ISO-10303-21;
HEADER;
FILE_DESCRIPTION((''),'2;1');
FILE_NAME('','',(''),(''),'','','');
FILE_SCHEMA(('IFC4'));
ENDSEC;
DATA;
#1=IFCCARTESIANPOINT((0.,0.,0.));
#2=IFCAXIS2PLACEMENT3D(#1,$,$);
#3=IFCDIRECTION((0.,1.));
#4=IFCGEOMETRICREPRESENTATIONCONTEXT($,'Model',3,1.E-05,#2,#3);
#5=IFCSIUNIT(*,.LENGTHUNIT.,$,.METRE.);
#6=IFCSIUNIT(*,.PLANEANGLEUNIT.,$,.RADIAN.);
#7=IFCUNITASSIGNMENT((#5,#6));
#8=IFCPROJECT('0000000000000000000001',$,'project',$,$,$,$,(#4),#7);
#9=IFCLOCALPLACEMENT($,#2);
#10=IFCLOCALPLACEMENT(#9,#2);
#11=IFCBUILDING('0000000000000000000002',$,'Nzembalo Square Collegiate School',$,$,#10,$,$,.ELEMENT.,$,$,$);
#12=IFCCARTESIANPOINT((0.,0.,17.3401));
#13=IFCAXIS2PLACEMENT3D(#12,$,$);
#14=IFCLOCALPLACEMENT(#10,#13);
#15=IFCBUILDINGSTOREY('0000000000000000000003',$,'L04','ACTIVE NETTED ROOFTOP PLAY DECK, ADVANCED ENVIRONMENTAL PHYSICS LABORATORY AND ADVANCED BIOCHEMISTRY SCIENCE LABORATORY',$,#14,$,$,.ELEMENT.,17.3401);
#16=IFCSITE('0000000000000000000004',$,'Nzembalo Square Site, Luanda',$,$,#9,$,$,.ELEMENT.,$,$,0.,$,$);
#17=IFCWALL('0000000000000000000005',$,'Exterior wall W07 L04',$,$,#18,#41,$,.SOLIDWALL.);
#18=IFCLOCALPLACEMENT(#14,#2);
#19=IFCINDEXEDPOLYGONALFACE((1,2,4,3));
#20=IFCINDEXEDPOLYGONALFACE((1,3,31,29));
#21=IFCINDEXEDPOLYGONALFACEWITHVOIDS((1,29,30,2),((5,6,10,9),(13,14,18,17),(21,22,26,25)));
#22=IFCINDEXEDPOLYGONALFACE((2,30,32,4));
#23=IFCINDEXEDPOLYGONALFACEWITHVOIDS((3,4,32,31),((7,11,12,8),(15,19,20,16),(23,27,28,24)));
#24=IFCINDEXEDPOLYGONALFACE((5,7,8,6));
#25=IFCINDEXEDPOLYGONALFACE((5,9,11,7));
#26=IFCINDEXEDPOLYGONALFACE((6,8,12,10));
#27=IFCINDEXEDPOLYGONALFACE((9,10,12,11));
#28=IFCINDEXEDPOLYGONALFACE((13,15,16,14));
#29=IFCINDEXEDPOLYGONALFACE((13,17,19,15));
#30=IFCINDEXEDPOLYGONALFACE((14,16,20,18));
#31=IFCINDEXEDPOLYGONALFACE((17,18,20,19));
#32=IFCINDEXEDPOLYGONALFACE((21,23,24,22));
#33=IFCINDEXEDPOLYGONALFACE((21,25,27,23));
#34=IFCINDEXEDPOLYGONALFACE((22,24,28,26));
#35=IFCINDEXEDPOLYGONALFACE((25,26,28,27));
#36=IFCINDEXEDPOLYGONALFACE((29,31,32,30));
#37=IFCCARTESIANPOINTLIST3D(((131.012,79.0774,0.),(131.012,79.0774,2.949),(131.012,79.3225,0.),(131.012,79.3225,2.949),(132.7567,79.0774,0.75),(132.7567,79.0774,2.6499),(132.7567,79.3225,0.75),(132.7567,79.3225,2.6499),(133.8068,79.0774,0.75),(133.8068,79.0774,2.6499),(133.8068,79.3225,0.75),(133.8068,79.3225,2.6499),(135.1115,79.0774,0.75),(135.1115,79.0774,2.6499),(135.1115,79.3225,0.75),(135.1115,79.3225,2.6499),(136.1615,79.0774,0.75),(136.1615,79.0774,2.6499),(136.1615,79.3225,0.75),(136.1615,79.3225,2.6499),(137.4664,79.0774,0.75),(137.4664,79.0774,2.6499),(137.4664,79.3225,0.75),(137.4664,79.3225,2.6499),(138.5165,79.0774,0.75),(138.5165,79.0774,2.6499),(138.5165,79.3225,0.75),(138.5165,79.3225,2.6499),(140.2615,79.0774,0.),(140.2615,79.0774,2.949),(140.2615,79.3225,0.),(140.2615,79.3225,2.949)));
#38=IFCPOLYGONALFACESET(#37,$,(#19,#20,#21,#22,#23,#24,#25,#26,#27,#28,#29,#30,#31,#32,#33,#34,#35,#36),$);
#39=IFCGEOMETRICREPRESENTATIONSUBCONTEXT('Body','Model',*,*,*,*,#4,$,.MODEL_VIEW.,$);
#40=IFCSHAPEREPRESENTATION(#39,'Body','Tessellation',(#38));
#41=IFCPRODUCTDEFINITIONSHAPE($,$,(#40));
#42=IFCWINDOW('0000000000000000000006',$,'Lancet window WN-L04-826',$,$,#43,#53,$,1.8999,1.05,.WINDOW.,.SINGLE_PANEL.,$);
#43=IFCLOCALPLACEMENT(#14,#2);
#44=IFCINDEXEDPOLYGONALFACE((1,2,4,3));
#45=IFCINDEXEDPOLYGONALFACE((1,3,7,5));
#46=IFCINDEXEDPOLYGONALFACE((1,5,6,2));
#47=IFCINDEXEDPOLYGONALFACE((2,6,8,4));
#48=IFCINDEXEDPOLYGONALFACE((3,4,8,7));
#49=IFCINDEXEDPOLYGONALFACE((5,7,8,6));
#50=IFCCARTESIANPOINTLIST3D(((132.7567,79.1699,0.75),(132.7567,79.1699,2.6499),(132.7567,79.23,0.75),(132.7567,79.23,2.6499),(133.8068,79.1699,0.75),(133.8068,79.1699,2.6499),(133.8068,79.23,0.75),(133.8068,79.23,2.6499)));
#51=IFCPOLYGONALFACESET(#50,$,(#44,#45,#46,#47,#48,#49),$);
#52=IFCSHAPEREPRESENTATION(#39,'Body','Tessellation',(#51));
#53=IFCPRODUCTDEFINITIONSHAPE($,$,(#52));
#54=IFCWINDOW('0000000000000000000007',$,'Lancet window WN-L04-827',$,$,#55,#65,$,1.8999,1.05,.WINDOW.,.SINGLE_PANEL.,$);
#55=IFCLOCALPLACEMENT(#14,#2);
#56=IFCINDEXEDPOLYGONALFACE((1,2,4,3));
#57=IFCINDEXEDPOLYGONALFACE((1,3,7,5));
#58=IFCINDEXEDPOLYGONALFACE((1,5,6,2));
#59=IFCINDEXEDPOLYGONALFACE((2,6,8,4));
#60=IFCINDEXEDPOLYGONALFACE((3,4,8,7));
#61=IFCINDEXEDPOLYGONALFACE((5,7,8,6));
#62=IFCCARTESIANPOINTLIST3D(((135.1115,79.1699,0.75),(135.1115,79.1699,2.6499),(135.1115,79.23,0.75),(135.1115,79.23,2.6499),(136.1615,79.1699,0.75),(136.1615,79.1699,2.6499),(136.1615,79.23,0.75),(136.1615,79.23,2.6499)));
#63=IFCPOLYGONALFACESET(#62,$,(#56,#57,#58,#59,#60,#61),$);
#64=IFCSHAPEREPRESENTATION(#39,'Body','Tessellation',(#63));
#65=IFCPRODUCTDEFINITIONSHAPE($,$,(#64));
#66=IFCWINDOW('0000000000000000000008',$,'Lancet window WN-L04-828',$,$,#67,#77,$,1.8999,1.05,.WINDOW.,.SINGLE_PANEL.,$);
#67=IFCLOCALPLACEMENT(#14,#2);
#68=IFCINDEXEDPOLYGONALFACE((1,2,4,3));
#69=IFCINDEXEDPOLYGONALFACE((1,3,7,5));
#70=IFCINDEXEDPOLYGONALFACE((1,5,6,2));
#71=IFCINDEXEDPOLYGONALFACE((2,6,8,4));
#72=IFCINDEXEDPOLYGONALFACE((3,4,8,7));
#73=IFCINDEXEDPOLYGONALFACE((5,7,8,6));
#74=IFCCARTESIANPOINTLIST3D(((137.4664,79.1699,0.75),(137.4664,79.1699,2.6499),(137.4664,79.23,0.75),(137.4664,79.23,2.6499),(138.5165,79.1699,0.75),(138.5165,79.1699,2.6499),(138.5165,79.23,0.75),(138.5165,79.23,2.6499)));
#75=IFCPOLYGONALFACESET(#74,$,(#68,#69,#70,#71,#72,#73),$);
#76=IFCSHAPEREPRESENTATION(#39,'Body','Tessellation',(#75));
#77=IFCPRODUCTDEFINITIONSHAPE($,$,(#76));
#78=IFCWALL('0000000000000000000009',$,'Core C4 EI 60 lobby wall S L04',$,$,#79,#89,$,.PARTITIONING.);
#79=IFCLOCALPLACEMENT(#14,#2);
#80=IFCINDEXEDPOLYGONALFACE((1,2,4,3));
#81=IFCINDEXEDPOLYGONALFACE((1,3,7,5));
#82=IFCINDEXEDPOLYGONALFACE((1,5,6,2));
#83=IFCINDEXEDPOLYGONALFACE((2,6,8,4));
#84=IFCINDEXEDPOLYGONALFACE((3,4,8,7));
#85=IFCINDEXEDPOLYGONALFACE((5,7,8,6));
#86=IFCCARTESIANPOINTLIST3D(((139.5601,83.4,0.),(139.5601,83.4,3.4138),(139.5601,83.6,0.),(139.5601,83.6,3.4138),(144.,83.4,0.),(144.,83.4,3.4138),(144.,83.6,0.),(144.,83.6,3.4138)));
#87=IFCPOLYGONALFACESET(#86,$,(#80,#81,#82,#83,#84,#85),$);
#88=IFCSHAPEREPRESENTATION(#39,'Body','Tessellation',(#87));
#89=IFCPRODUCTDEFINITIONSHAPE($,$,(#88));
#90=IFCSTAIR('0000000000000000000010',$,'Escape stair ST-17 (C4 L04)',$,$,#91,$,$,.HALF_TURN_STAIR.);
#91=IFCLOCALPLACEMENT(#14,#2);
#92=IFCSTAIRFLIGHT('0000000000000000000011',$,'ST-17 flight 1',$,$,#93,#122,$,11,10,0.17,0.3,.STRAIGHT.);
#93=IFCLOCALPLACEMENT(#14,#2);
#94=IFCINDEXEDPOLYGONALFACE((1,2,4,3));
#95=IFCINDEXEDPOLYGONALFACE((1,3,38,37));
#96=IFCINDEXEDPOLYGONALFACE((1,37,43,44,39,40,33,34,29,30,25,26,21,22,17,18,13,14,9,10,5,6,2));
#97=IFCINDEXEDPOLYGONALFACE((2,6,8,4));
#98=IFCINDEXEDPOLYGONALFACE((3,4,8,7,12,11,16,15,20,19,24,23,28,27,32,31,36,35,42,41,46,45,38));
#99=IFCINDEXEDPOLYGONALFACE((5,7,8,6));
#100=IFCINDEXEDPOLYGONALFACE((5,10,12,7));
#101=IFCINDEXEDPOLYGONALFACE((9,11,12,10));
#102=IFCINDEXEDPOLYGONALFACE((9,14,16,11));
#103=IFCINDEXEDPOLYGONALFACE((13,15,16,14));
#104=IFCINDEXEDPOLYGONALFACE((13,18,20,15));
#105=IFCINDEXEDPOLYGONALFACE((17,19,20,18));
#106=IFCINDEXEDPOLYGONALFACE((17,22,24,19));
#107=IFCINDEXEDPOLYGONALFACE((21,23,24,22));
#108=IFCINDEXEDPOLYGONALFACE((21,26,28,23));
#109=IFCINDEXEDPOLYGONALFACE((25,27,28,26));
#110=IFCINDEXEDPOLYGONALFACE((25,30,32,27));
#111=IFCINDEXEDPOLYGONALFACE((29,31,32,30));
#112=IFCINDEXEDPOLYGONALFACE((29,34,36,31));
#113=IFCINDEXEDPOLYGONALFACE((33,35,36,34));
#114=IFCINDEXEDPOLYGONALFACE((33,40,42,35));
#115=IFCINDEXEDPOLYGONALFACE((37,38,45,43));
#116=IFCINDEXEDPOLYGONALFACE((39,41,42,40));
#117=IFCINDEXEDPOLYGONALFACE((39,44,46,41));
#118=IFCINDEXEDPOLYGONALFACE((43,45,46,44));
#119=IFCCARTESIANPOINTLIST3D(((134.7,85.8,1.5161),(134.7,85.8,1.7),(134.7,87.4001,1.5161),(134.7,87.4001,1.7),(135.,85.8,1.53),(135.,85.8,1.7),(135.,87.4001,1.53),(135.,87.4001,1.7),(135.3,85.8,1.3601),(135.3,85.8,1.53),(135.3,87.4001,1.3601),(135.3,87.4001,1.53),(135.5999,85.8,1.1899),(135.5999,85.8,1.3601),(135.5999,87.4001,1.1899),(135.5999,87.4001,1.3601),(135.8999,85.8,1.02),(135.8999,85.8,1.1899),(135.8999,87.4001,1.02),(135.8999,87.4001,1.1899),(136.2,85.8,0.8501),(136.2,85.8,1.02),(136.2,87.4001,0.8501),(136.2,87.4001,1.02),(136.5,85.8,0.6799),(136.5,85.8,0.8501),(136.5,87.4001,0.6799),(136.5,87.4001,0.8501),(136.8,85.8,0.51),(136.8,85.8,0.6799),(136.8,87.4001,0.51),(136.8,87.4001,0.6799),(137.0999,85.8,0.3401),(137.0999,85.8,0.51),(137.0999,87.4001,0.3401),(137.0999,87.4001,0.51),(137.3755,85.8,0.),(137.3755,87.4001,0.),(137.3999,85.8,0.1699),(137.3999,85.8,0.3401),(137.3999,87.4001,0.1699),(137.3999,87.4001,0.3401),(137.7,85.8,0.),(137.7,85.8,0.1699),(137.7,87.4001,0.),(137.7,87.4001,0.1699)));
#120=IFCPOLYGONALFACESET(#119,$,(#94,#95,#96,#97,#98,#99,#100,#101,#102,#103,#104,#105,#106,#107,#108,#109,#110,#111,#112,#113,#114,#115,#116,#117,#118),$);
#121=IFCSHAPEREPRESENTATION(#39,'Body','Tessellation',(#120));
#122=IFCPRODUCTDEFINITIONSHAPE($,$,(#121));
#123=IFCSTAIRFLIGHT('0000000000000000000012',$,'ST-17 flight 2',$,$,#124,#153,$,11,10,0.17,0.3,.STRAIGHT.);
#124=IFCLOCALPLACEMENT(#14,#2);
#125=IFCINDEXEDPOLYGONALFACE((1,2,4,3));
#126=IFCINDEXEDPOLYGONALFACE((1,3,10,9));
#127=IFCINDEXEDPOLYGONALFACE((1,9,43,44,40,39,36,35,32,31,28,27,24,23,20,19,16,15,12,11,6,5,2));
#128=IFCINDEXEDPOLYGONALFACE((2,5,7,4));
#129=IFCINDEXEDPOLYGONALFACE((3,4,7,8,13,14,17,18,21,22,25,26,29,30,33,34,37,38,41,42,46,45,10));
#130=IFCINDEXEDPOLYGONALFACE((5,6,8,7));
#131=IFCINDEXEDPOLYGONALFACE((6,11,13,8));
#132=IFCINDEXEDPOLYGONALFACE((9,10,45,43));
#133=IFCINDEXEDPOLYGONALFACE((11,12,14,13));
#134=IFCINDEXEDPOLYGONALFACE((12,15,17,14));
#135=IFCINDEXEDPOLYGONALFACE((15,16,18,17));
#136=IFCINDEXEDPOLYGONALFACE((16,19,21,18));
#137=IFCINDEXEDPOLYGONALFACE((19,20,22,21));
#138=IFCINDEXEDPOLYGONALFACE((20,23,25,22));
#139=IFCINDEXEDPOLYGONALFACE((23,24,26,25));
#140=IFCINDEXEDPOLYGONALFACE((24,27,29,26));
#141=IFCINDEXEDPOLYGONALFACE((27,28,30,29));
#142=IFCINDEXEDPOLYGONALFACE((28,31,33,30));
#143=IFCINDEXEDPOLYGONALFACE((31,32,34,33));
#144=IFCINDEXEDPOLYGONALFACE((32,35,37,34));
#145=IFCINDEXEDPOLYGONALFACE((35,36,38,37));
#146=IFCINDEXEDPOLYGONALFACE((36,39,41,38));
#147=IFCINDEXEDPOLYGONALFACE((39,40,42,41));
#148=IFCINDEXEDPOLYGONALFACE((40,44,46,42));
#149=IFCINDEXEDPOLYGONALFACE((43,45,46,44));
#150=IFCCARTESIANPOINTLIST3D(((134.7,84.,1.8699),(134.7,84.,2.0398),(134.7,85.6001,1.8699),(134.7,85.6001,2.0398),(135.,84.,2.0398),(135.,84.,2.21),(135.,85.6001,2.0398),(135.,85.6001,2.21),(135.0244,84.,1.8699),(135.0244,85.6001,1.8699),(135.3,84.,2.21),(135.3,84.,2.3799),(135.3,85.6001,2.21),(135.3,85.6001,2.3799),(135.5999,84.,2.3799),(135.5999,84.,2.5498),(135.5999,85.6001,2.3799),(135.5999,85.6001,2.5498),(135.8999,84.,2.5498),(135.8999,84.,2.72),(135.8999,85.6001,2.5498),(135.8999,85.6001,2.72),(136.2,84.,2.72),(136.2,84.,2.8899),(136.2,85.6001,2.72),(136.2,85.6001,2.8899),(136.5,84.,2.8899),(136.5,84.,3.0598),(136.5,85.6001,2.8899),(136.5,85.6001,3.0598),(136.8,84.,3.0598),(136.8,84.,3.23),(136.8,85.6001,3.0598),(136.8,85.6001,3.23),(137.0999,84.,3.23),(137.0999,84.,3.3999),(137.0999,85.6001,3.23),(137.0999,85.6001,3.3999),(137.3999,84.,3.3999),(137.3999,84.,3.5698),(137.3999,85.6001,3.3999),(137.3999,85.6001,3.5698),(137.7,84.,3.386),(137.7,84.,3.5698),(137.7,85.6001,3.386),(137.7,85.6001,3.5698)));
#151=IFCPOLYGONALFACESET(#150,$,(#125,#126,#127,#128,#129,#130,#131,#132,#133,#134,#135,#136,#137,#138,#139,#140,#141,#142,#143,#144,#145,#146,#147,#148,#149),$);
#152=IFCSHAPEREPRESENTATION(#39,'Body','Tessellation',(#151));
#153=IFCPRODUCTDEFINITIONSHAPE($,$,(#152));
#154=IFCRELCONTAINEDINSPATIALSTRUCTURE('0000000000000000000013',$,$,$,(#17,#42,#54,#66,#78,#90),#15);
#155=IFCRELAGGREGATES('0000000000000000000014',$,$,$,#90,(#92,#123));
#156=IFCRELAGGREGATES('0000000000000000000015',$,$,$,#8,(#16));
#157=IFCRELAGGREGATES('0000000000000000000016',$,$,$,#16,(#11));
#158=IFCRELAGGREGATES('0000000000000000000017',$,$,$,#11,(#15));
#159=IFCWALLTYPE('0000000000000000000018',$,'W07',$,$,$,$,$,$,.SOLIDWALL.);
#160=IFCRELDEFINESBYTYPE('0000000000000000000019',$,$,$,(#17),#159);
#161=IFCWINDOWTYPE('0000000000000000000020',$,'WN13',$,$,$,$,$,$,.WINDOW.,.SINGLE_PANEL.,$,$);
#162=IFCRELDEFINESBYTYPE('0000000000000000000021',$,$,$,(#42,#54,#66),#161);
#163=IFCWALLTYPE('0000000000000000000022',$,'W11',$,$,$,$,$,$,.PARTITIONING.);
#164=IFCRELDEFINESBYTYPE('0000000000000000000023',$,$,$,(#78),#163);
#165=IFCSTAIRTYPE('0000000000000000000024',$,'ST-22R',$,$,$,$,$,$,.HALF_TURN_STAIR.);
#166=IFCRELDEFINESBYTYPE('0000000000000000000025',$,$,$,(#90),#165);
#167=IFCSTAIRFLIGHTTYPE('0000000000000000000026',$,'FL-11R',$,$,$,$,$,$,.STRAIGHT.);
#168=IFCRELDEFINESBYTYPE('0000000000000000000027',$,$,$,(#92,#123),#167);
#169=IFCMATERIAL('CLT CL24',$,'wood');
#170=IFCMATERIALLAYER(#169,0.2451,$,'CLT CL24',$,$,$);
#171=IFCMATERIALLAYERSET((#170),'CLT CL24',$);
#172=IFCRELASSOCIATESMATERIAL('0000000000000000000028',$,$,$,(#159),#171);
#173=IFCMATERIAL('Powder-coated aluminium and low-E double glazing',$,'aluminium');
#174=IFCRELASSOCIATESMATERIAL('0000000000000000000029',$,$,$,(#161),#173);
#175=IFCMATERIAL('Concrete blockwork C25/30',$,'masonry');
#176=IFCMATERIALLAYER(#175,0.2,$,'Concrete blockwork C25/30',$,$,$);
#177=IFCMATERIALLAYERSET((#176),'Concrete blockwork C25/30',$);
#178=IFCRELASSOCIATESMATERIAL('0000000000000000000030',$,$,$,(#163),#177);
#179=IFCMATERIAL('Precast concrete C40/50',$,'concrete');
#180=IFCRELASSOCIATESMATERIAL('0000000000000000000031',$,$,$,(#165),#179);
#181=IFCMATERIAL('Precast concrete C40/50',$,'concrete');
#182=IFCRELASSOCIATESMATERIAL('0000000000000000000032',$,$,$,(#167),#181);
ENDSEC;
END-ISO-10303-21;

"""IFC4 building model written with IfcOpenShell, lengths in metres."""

from ifc_helpers import new_model, si_unit, direction, frame, frame_2d, origin, place, context, subcontext, project, spatial, polyline, rectangle, outline, extrude, material, layer, layer_set, type_object, element, fill, aggregate, save


model = new_model("IFC4")

# Units and contexts
model_context = context("Model", 3, precision=1e-05, world=origin(), true_north=direction((0.0, 1.0)))
body_context = subcontext(model_context, "Body", "Model", "MODEL_VIEW")
ifc_project = project(units=[si_unit("LENGTHUNIT", "METRE"), si_unit("PLANEANGLEUNIT", "RADIAN")], contexts=[model_context])

# Site, building, storey
site_placement = place(None, origin())
site = spatial("IfcSite", under=ifc_project, at=site_placement, Name="Nzembalo Square Site, Luanda", CompositionType="ELEMENT", RefElevation=0.0)
building_placement = place(site_placement, origin())
building = spatial("IfcBuilding", under=site, at=building_placement, Name="Nzembalo Square Collegiate School", CompositionType="ELEMENT")
storey_placement = place(building_placement, frame((0.0, 0.0, 17.3401)))
storey = spatial("IfcBuildingStorey", under=building, at=storey_placement, Name="L04", Description="ACTIVE NETTED ROOFTOP PLAY DECK, ADVANCED ENVIRONMENTAL PHYSICS LABORATORY AND ADVANCED BIOCHEMISTRY SCIENCE LABORATORY", CompositionType="ELEMENT", Elevation=17.3401)

# Wall, openings, windows
ifc_material_1 = material(Name="CLT CL24", Category="wood")
ifc_layer_1 = layer(ifc_material_1, 0.2451, Name="CLT CL24")
ifc_layer_set_1 = layer_set([ifc_layer_1], Name="CLT CL24")
wall_type_1 = type_object("IfcWallType", Name="W07", PredefinedType="SOLIDWALL", material=ifc_layer_set_1)
wall_1_placement = place(storey_placement, frame((131.012, 79.2, 0.0), z_axis=(0.0, 0.0, 1.0), x_axis=(1.0, 0.0, 0.0)))
wall_1 = element("IfcWall", 1, at=wall_1_placement, inside=storey, type_object=wall_type_1, Name="Exterior wall W07 L04", PredefinedType="SOLIDWALL", context=body_context, shape_type="SweptSolid", body=[
    extrude(rectangle(XDim=9.2495, YDim=0.2451, at=frame_2d((4.6248, 0.0))), origin(), (0.0, 0.0, 1.0), 2.949),
])
opening_1_placement = place(wall_1_placement, frame((1.7449, 0.0, 0.75)))
opening_1 = element("IfcOpeningElement", 2, at=opening_1_placement, cuts=wall_1, PredefinedType="OPENING", context=body_context, shape_type="SweptSolid", body=[
    extrude(rectangle(XDim=1.05, YDim=1.8999, at=frame_2d((0.5249, 0.95))), frame((0.0, 0.1326, 0.0), z_axis=(0.0, -1.0, 0.0), x_axis=(1.0, 0.0, 0.0)), (0.0, 0.0, 1.0), 0.2651),
])
opening_2_placement = place(wall_1_placement, frame((4.0996, 0.0, 0.75)))
opening_2 = element("IfcOpeningElement", 3, at=opening_2_placement, cuts=wall_1, PredefinedType="OPENING", context=body_context, shape_type="SweptSolid", body=[
    extrude(rectangle(XDim=1.05, YDim=1.8999, at=frame_2d((0.5249, 0.95))), frame((0.0, 0.1326, 0.0), z_axis=(0.0, -1.0, 0.0), x_axis=(1.0, 0.0, 0.0)), (0.0, 0.0, 1.0), 0.2651),
])
opening_3_placement = place(wall_1_placement, frame((6.4546, 0.0, 0.75)))
opening_3 = element("IfcOpeningElement", 4, at=opening_3_placement, cuts=wall_1, PredefinedType="OPENING", context=body_context, shape_type="SweptSolid", body=[
    extrude(rectangle(XDim=1.05, YDim=1.8999, at=frame_2d((0.5249, 0.95))), frame((0.0, 0.1326, 0.0), z_axis=(0.0, -1.0, 0.0), x_axis=(1.0, 0.0, 0.0)), (0.0, 0.0, 1.0), 0.2651),
])
ifc_material_2 = material(Name="Powder-coated aluminium and low-E double glazing", Category="aluminium")
window_type = type_object("IfcWindowType", Name="WN13", PartitioningType="SINGLE_PANEL", PredefinedType="WINDOW", material=ifc_material_2)
window_1_placement = place(opening_1_placement, origin())
window_1 = element("IfcWindow", 5, at=window_1_placement, inside=storey, type_object=window_type, Name="Lancet window WN-L04-826", OverallHeight=1.8999, OverallWidth=1.05, PartitioningType="SINGLE_PANEL", PredefinedType="WINDOW", context=body_context, shape_type="SweptSolid", body=[
    extrude(rectangle(XDim=1.05, YDim=1.8999, at=frame_2d((0.5249, 0.95))), frame((0.0, 0.03, 0.0), z_axis=(0.0, -1.0, 0.0), x_axis=(1.0, 0.0, 0.0)), (0.0, 0.0, 1.0), 0.0601),
])
fill(opening_1, window_1)
window_2_placement = place(opening_2_placement, origin())
window_2 = element("IfcWindow", 6, at=window_2_placement, inside=storey, type_object=window_type, Name="Lancet window WN-L04-827", OverallHeight=1.8999, OverallWidth=1.05, PartitioningType="SINGLE_PANEL", PredefinedType="WINDOW", context=body_context, shape_type="SweptSolid", body=[
    extrude(rectangle(XDim=1.05, YDim=1.8999, at=frame_2d((0.5249, 0.95))), frame((0.0, 0.03, 0.0), z_axis=(0.0, -1.0, 0.0), x_axis=(1.0, 0.0, 0.0)), (0.0, 0.0, 1.0), 0.0601),
])
fill(opening_2, window_2)
window_3_placement = place(opening_3_placement, origin())
window_3 = element("IfcWindow", 7, at=window_3_placement, inside=storey, type_object=window_type, Name="Lancet window WN-L04-828", OverallHeight=1.8999, OverallWidth=1.05, PartitioningType="SINGLE_PANEL", PredefinedType="WINDOW", context=body_context, shape_type="SweptSolid", body=[
    extrude(rectangle(XDim=1.05, YDim=1.8999, at=frame_2d((0.5249, 0.95))), frame((0.0, 0.03, 0.0), z_axis=(0.0, -1.0, 0.0), x_axis=(1.0, 0.0, 0.0)), (0.0, 0.0, 1.0), 0.0601),
])
fill(opening_3, window_3)

# Wall
ifc_material_3 = material(Name="Concrete blockwork C25/30", Category="masonry")
ifc_layer_2 = layer(ifc_material_3, 0.2, Name="Concrete blockwork C25/30")
ifc_layer_set_2 = layer_set([ifc_layer_2], Name="Concrete blockwork C25/30")
wall_type_2 = type_object("IfcWallType", Name="W11", PredefinedType="PARTITIONING", material=ifc_layer_set_2)
wall_2_placement = place(storey_placement, frame((139.5601, 83.5, 0.0), z_axis=(0.0, 0.0, 1.0), x_axis=(1.0, 0.0, 0.0)))
element("IfcWall", 8, at=wall_2_placement, inside=storey, type_object=wall_type_2, Name="Core C4 EI 60 lobby wall S L04", PredefinedType="PARTITIONING", context=body_context, shape_type="SweptSolid", body=[
    extrude(rectangle(XDim=4.4399, YDim=0.2, at=frame_2d((2.22, 0.0))), origin(), (0.0, 0.0, 1.0), 3.4138),
])

# Stair, stair flights
ifc_material_4 = material(Name="Precast concrete C40/50", Category="concrete")
stair_type = type_object("IfcStairType", Name="ST-22R", PredefinedType="HALF_TURN_STAIR", material=ifc_material_4)
stair_placement = place(storey_placement, origin())
stair = element("IfcStair", 9, at=stair_placement, inside=storey, type_object=stair_type, Name="Escape stair ST-17 (C4 L04)", PredefinedType="HALF_TURN_STAIR")
ifc_material_5 = material(Name="Precast concrete C40/50", Category="concrete")
stair_flight_type = type_object("IfcStairFlightType", Name="FL-11R", PredefinedType="STRAIGHT", material=ifc_material_5)
stair_flight_1_placement = place(storey_placement, frame((137.7, 86.6001, 0.0), z_axis=(0.0, 0.0, 1.0), x_axis=(-1.0, 0.0, 0.0)))
stair_flight_1 = element("IfcStairFlight", 10, at=stair_flight_1_placement, type_object=stair_flight_type, Name="ST-17 flight 1", NumberOfRisers=11, NumberOfTreads=10, PredefinedType="STRAIGHT", RiserHeight=0.17, TreadLength=0.3, context=body_context, shape_type="SweptSolid", body=[
    extrude(outline(polyline([(0.0, 0.0), (0.0, 0.1699), (0.3, 0.1699), (0.3, 0.3401), (0.6001, 0.3401), (0.6001, 0.51), (0.8999, 0.51), (0.8999, 0.6799), (1.2, 0.6799), (1.2, 0.8501), (1.5, 0.8501), (1.5, 1.02), (1.8, 1.02), (1.8, 1.1899), (2.1001, 1.1899), (2.1001, 1.3601), (2.3999, 1.3601), (2.3999, 1.53), (2.7, 1.53), (2.7, 1.7), (3.0, 1.7), (3.0, 1.8701), (3.0, 1.5161), (0.3245, 0.0), (0.0, 0.0)])), frame((0.0, 0.8, 0.0), z_axis=(0.0, -1.0, 0.0), x_axis=(1.0, 0.0, 0.0)), (0.0, 0.0, 1.0), 1.6001),
])
stair_flight_2_placement = place(storey_placement, frame((134.7, 84.8, 1.8699), z_axis=(0.0, 0.0, 1.0), x_axis=(1.0, 0.0, 0.0)))
stair_flight_2 = element("IfcStairFlight", 11, at=stair_flight_2_placement, type_object=stair_flight_type, Name="ST-17 flight 2", NumberOfRisers=11, NumberOfTreads=10, PredefinedType="STRAIGHT", RiserHeight=0.17, TreadLength=0.3, context=body_context, shape_type="SweptSolid", body=[
    extrude(outline(polyline([(0.0, 0.0), (0.0, 0.1699), (0.3, 0.1699), (0.3, 0.3401), (0.6001, 0.3401), (0.6001, 0.51), (0.8999, 0.51), (0.8999, 0.6799), (1.2, 0.6799), (1.2, 0.8501), (1.5, 0.8501), (1.5, 1.02), (1.8, 1.02), (1.8, 1.1899), (2.1001, 1.1899), (2.1001, 1.3601), (2.3999, 1.3601), (2.3999, 1.53), (2.7, 1.53), (2.7, 1.7), (3.0, 1.7), (3.0, 1.8701), (3.0, 1.5161), (0.3245, 0.0), (0.0, 0.0)])), frame((0.0, 0.8, 0.0), z_axis=(0.0, -1.0, 0.0), x_axis=(1.0, 0.0, 0.0)), (0.0, 0.0, 1.0), 1.6001),
])
aggregate(stair, [stair_flight_1, stair_flight_2])

save(model, "model.ifc")
